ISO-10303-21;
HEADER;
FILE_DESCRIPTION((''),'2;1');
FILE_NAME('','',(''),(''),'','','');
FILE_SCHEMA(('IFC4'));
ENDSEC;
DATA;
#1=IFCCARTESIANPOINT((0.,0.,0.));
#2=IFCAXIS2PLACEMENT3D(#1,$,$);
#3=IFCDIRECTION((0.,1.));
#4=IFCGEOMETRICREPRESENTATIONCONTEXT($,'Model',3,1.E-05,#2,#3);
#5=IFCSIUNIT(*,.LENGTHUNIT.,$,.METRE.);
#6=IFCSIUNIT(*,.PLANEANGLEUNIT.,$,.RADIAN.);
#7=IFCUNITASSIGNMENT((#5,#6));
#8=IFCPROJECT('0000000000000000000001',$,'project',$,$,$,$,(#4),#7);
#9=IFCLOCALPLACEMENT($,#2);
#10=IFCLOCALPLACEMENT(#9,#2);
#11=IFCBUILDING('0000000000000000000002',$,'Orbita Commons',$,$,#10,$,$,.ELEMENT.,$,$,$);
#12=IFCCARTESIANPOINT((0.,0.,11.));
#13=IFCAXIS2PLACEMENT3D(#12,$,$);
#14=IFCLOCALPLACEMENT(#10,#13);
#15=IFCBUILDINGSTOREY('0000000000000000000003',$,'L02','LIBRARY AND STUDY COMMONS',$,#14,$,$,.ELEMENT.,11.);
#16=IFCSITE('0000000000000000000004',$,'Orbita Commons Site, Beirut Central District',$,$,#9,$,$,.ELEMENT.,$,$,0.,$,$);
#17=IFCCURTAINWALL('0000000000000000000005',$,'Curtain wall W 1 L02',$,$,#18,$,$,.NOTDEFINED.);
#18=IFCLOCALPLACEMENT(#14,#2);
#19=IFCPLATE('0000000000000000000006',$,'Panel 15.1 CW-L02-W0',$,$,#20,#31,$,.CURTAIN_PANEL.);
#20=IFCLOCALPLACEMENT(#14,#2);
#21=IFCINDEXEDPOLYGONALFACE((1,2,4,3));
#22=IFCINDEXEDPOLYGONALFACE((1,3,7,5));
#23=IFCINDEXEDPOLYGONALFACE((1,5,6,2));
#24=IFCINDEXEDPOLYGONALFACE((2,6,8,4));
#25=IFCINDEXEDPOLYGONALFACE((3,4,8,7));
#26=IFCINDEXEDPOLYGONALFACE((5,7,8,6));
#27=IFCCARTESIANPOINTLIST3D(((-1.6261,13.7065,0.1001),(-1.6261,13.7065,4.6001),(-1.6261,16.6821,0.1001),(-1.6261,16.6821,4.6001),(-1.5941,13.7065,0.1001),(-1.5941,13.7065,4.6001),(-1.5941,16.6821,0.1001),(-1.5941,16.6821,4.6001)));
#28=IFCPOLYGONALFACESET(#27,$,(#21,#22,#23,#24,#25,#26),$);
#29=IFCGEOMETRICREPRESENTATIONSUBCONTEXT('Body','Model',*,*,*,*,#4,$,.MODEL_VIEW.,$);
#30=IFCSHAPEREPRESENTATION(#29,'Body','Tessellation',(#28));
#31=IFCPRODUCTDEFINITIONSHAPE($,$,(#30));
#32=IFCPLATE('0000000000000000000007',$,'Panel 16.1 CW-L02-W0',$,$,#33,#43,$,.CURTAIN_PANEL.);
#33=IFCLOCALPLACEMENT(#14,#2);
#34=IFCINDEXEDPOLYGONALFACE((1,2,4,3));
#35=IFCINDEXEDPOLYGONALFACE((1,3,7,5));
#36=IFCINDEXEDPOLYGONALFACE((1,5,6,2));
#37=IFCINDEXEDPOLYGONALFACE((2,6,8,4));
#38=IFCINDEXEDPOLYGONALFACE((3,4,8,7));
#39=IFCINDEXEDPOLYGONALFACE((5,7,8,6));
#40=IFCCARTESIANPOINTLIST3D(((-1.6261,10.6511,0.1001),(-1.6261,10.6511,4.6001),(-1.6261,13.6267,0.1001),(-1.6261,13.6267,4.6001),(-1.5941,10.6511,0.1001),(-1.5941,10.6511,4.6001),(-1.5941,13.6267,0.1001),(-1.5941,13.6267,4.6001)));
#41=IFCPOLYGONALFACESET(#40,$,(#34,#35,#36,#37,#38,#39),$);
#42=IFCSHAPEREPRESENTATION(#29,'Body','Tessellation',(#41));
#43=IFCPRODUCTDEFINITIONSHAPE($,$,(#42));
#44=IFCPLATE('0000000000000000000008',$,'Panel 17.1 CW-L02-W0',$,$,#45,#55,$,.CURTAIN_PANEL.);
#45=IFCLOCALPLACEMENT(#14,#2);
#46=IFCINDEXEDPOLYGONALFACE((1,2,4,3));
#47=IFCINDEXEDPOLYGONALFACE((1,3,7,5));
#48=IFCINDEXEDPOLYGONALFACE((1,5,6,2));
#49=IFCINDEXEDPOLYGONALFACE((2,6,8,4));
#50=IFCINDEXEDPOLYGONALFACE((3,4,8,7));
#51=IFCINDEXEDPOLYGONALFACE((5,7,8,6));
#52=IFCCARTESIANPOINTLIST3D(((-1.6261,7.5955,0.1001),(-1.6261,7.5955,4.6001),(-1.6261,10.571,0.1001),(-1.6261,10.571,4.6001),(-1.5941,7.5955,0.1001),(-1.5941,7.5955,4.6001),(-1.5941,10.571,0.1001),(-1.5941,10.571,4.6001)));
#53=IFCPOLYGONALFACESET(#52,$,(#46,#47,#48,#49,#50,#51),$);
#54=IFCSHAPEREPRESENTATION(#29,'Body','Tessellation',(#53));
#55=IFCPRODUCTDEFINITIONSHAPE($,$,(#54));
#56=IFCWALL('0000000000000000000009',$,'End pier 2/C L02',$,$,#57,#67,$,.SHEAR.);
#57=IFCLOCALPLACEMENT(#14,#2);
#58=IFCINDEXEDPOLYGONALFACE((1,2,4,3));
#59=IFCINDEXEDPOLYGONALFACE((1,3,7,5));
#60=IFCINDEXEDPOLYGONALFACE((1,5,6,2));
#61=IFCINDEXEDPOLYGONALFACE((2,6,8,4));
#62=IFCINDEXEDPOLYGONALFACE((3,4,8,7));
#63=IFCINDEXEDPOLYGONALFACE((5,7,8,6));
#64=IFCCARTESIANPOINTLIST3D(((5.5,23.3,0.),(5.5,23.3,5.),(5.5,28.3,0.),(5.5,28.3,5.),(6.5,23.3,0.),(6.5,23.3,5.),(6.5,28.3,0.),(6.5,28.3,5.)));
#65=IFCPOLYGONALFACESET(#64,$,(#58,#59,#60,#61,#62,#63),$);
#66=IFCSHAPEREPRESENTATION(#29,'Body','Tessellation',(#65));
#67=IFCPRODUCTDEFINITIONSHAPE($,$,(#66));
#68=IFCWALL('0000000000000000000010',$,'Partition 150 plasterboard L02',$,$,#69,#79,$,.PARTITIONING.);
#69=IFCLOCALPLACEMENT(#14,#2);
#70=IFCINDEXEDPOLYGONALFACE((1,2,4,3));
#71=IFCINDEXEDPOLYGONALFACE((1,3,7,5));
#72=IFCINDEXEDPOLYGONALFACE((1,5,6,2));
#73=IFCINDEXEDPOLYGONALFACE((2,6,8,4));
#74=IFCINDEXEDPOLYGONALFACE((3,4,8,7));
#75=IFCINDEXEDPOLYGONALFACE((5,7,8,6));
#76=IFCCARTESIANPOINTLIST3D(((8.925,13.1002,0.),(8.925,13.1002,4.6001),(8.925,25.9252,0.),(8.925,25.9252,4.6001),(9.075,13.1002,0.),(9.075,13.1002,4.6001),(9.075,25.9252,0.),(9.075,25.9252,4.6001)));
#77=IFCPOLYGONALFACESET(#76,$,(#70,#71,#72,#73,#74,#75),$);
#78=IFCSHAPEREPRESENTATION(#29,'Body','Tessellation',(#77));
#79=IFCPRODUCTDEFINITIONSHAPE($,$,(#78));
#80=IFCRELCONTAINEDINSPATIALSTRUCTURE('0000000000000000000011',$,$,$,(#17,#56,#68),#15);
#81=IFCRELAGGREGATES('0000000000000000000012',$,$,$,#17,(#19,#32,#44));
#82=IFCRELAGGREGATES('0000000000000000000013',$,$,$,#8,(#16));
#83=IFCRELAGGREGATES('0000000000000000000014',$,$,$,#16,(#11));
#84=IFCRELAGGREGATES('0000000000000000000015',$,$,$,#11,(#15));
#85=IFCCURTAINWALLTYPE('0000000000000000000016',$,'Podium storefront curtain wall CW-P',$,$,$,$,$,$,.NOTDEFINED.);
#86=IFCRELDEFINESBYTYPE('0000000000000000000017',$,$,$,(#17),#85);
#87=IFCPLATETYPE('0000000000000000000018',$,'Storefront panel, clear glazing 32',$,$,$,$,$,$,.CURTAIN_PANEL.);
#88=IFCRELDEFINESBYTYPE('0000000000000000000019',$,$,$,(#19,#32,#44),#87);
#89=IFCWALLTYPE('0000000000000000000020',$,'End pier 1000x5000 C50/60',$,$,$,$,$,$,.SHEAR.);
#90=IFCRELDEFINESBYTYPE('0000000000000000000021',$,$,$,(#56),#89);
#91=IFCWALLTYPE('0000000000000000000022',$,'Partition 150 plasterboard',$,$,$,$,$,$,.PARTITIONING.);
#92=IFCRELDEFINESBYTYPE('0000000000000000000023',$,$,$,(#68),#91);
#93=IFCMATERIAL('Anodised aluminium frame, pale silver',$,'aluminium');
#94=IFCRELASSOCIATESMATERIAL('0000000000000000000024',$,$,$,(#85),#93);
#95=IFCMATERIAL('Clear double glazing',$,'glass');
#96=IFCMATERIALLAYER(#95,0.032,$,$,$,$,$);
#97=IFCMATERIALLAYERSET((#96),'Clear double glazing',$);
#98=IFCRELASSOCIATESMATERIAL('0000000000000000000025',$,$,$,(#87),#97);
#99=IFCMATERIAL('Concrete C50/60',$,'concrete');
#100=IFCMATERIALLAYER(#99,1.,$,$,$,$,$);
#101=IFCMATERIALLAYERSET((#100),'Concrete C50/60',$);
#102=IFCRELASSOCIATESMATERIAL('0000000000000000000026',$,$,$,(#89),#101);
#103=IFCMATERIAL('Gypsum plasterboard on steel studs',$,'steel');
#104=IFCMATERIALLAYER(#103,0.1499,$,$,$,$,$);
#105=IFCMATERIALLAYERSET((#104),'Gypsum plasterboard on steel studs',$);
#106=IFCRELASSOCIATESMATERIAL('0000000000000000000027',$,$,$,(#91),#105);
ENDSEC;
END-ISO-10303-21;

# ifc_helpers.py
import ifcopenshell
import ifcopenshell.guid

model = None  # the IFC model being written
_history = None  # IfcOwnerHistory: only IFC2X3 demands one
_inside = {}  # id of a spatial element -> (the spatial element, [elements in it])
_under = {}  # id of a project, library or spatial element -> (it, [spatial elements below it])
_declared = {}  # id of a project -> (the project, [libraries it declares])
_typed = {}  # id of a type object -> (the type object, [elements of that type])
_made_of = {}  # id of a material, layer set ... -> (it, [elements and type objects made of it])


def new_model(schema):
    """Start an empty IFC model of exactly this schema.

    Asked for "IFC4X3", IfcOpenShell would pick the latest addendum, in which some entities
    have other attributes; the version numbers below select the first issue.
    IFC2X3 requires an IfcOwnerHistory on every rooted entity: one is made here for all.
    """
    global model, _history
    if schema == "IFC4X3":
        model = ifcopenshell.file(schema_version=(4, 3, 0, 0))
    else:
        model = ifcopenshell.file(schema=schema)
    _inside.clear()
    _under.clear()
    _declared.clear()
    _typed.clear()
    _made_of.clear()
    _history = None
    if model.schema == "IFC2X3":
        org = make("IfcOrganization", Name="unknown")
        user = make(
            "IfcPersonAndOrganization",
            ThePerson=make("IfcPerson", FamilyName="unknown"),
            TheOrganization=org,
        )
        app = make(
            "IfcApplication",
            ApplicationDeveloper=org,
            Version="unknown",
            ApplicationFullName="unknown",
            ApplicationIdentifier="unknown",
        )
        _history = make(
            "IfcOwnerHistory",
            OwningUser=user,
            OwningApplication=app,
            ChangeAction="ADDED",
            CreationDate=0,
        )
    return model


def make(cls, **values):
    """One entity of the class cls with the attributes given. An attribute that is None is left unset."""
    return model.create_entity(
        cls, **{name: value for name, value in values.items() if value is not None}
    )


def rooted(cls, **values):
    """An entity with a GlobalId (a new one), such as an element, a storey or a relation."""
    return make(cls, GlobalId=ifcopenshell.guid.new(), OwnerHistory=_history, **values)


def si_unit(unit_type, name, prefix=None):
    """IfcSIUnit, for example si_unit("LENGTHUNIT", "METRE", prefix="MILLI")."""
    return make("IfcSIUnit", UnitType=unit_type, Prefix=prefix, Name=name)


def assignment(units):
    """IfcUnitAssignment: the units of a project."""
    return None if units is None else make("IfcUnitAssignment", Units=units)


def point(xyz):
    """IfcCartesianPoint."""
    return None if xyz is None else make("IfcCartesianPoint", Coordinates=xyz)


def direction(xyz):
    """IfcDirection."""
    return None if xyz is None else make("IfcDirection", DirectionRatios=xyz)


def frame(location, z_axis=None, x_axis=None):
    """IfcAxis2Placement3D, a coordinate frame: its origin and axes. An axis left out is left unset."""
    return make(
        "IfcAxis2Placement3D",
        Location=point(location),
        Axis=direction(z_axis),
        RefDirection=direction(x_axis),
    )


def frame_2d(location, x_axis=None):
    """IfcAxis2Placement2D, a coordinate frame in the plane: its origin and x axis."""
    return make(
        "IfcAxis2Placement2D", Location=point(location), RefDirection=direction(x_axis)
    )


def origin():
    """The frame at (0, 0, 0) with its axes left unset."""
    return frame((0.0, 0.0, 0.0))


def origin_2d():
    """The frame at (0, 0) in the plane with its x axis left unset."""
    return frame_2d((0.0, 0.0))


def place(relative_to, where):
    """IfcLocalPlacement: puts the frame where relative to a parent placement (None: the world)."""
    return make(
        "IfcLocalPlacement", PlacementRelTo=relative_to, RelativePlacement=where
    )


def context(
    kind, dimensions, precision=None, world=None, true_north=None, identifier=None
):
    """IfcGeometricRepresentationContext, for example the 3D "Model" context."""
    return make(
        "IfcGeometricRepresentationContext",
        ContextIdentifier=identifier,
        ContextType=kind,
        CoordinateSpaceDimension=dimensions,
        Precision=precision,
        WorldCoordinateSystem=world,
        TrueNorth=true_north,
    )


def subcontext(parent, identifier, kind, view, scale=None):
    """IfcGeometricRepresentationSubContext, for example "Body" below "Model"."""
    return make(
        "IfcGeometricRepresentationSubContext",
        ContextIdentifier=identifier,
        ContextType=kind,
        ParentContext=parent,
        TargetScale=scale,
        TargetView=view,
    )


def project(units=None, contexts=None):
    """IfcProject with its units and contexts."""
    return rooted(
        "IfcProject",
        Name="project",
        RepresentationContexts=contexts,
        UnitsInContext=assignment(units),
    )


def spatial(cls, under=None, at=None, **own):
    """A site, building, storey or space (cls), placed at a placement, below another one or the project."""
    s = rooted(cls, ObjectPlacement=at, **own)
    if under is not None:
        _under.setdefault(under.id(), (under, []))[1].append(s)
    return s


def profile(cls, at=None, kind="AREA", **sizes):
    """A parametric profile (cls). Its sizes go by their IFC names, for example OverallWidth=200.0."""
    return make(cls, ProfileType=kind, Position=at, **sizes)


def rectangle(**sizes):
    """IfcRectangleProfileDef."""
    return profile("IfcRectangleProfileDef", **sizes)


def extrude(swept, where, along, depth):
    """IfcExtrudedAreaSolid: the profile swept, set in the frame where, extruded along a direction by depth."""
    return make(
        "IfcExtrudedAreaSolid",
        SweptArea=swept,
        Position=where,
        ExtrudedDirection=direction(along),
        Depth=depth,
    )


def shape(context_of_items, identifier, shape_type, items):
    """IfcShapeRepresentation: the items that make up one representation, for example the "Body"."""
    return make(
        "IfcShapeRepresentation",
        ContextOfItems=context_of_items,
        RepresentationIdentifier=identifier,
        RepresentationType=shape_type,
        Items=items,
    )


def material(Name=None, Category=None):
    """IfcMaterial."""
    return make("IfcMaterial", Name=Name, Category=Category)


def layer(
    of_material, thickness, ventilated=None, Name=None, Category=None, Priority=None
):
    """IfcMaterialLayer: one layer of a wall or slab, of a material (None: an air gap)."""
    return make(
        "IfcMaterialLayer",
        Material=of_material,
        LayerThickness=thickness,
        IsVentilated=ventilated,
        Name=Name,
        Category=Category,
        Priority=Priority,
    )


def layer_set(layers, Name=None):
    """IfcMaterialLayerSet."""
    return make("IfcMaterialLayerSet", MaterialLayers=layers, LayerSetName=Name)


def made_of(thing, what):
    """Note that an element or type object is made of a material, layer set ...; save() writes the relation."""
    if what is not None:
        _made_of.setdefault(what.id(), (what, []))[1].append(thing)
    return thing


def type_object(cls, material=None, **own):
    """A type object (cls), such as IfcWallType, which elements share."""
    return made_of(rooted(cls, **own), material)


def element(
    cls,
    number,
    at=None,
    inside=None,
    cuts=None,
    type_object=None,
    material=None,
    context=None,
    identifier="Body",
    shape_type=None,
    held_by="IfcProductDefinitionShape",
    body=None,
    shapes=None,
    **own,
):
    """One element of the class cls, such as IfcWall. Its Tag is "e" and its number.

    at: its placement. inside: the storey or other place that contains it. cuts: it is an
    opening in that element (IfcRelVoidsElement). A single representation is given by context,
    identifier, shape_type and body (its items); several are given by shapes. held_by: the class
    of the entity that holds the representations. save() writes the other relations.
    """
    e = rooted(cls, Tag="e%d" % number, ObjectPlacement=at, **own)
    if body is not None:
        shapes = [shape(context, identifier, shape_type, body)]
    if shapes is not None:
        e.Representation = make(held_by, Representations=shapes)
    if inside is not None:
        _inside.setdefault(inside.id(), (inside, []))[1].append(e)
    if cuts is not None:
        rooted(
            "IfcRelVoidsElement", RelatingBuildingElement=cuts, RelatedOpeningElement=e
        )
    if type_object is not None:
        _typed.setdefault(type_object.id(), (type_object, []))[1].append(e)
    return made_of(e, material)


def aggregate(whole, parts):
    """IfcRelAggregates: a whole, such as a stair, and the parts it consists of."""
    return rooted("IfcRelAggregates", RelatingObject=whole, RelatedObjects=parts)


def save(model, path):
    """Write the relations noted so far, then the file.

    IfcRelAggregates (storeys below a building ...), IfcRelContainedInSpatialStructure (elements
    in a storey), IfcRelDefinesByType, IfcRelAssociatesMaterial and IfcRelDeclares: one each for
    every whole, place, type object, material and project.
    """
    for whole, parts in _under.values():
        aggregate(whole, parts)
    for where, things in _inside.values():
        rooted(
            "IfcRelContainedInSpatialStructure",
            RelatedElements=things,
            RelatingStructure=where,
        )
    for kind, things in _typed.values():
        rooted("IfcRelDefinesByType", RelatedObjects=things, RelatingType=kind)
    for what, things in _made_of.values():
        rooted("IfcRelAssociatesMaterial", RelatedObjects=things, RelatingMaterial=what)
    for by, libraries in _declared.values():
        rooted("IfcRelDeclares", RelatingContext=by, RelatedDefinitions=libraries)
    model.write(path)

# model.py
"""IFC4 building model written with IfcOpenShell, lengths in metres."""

from ifc_helpers import new_model, si_unit, direction, frame, frame_2d, origin, origin_2d, place, context, subcontext, project, spatial, rectangle, extrude, material, layer, layer_set, type_object, element, aggregate, save


model = new_model("IFC4")

# Units and contexts
model_context = context("Model", 3, precision=1e-05, world=origin(), true_north=direction((0.0, 1.0)))
body_context = subcontext(model_context, "Body", "Model", "MODEL_VIEW")
ifc_project = project(units=[si_unit("LENGTHUNIT", "METRE"), si_unit("PLANEANGLEUNIT", "RADIAN")], contexts=[model_context])

# Site, building, storey
site_placement = place(None, origin())
site = spatial("IfcSite", under=ifc_project, at=site_placement, Name="Orbita Commons Site, Beirut Central District", CompositionType="ELEMENT", RefElevation=0.0)
building_placement = place(site_placement, origin())
building = spatial("IfcBuilding", under=site, at=building_placement, Name="Orbita Commons", CompositionType="ELEMENT")
storey_placement = place(building_placement, frame((0.0, 0.0, 11.0)))
storey = spatial("IfcBuildingStorey", under=building, at=storey_placement, Name="L02", Description="LIBRARY AND STUDY COMMONS", CompositionType="ELEMENT", Elevation=11.0)

# Curtain wall
ifc_material_1 = material(Name="Anodised aluminium frame, pale silver", Category="aluminium")
curtain_wall_type = type_object("IfcCurtainWallType", Name="Podium storefront curtain wall CW-P", PredefinedType="NOTDEFINED", material=ifc_material_1)
curtain_wall_placement = place(storey_placement, origin())
curtain_wall = element("IfcCurtainWall", 1, at=curtain_wall_placement, inside=storey, type_object=curtain_wall_type, Name="Curtain wall W 1 L02", PredefinedType="NOTDEFINED")

# Plates
ifc_material_2 = material(Name="Clear double glazing", Category="glass")
ifc_layer_1 = layer(ifc_material_2, 0.032)
ifc_layer_set_1 = layer_set([ifc_layer_1], Name="Clear double glazing")
plate_type = type_object("IfcPlateType", Name="Storefront panel, clear glazing 32", PredefinedType="CURTAIN_PANEL", material=ifc_layer_set_1)
plate_1_placement = place(storey_placement, frame((-1.6101, 15.1943, 0.1001), z_axis=(0.0, 0.0, 1.0), x_axis=(0.0, -1.0, 0.0)))
plate_1 = element("IfcPlate", 2, at=plate_1_placement, type_object=plate_type, Name="Panel 15.1 CW-L02-W0", PredefinedType="CURTAIN_PANEL", context=body_context, shape_type="SweptSolid", body=[
    extrude(rectangle(XDim=2.9756, YDim=0.032, at=origin_2d()), origin(), (0.0, 0.0, 1.0), 4.5),
])
plate_2_placement = place(storey_placement, frame((-1.6101, 12.1389, 0.1001), z_axis=(0.0, 0.0, 1.0), x_axis=(0.0, -1.0, 0.0)))
plate_2 = element("IfcPlate", 3, at=plate_2_placement, type_object=plate_type, Name="Panel 16.1 CW-L02-W0", PredefinedType="CURTAIN_PANEL", context=body_context, shape_type="SweptSolid", body=[
    extrude(rectangle(XDim=2.9756, YDim=0.032, at=origin_2d()), origin(), (0.0, 0.0, 1.0), 4.5),
])
plate_3_placement = place(storey_placement, frame((-1.6101, 9.0833, 0.1001), z_axis=(0.0, 0.0, 1.0), x_axis=(0.0, -1.0, 0.0)))
plate_3 = element("IfcPlate", 4, at=plate_3_placement, type_object=plate_type, Name="Panel 17.1 CW-L02-W0", PredefinedType="CURTAIN_PANEL", context=body_context, shape_type="SweptSolid", body=[
    extrude(rectangle(XDim=2.9756, YDim=0.032, at=origin_2d()), origin(), (0.0, 0.0, 1.0), 4.5),
])
aggregate(curtain_wall, [plate_1, plate_2, plate_3])

# Walls
ifc_material_3 = material(Name="Concrete C50/60", Category="concrete")
ifc_layer_2 = layer(ifc_material_3, 1.0)
ifc_layer_set_2 = layer_set([ifc_layer_2], Name="Concrete C50/60")
wall_type_1 = type_object("IfcWallType", Name="End pier 1000x5000 C50/60", PredefinedType="SHEAR", material=ifc_layer_set_2)
wall_1_placement = place(storey_placement, frame((6.0, 23.3, 0.0), z_axis=(0.0, 0.0, 1.0), x_axis=(0.0, 1.0, 0.0)))
element("IfcWall", 5, at=wall_1_placement, inside=storey, type_object=wall_type_1, Name="End pier 2/C L02", PredefinedType="SHEAR", context=body_context, shape_type="SweptSolid", body=[
    extrude(rectangle(XDim=5.0, YDim=1.0, at=frame_2d((2.5, 0.0))), origin(), (0.0, 0.0, 1.0), 5.0),
])
ifc_material_4 = material(Name="Gypsum plasterboard on steel studs", Category="steel")
ifc_layer_3 = layer(ifc_material_4, 0.1499)
ifc_layer_set_3 = layer_set([ifc_layer_3], Name="Gypsum plasterboard on steel studs")
wall_type_2 = type_object("IfcWallType", Name="Partition 150 plasterboard", PredefinedType="PARTITIONING", material=ifc_layer_set_3)
wall_2_placement = place(storey_placement, frame((9.0, 13.1001, 0.0), z_axis=(0.0, 0.0, 1.0), x_axis=(0.0, 1.0, 0.0)))
element("IfcWall", 6, at=wall_2_placement, inside=storey, type_object=wall_type_2, Name="Partition 150 plasterboard L02", PredefinedType="PARTITIONING", context=body_context, shape_type="SweptSolid", body=[
    extrude(rectangle(XDim=12.825, YDim=0.1499, at=frame_2d((6.4126, 0.0))), origin(), (0.0, 0.0, 1.0), 4.6001),
])

save(model, "model.ifc")
